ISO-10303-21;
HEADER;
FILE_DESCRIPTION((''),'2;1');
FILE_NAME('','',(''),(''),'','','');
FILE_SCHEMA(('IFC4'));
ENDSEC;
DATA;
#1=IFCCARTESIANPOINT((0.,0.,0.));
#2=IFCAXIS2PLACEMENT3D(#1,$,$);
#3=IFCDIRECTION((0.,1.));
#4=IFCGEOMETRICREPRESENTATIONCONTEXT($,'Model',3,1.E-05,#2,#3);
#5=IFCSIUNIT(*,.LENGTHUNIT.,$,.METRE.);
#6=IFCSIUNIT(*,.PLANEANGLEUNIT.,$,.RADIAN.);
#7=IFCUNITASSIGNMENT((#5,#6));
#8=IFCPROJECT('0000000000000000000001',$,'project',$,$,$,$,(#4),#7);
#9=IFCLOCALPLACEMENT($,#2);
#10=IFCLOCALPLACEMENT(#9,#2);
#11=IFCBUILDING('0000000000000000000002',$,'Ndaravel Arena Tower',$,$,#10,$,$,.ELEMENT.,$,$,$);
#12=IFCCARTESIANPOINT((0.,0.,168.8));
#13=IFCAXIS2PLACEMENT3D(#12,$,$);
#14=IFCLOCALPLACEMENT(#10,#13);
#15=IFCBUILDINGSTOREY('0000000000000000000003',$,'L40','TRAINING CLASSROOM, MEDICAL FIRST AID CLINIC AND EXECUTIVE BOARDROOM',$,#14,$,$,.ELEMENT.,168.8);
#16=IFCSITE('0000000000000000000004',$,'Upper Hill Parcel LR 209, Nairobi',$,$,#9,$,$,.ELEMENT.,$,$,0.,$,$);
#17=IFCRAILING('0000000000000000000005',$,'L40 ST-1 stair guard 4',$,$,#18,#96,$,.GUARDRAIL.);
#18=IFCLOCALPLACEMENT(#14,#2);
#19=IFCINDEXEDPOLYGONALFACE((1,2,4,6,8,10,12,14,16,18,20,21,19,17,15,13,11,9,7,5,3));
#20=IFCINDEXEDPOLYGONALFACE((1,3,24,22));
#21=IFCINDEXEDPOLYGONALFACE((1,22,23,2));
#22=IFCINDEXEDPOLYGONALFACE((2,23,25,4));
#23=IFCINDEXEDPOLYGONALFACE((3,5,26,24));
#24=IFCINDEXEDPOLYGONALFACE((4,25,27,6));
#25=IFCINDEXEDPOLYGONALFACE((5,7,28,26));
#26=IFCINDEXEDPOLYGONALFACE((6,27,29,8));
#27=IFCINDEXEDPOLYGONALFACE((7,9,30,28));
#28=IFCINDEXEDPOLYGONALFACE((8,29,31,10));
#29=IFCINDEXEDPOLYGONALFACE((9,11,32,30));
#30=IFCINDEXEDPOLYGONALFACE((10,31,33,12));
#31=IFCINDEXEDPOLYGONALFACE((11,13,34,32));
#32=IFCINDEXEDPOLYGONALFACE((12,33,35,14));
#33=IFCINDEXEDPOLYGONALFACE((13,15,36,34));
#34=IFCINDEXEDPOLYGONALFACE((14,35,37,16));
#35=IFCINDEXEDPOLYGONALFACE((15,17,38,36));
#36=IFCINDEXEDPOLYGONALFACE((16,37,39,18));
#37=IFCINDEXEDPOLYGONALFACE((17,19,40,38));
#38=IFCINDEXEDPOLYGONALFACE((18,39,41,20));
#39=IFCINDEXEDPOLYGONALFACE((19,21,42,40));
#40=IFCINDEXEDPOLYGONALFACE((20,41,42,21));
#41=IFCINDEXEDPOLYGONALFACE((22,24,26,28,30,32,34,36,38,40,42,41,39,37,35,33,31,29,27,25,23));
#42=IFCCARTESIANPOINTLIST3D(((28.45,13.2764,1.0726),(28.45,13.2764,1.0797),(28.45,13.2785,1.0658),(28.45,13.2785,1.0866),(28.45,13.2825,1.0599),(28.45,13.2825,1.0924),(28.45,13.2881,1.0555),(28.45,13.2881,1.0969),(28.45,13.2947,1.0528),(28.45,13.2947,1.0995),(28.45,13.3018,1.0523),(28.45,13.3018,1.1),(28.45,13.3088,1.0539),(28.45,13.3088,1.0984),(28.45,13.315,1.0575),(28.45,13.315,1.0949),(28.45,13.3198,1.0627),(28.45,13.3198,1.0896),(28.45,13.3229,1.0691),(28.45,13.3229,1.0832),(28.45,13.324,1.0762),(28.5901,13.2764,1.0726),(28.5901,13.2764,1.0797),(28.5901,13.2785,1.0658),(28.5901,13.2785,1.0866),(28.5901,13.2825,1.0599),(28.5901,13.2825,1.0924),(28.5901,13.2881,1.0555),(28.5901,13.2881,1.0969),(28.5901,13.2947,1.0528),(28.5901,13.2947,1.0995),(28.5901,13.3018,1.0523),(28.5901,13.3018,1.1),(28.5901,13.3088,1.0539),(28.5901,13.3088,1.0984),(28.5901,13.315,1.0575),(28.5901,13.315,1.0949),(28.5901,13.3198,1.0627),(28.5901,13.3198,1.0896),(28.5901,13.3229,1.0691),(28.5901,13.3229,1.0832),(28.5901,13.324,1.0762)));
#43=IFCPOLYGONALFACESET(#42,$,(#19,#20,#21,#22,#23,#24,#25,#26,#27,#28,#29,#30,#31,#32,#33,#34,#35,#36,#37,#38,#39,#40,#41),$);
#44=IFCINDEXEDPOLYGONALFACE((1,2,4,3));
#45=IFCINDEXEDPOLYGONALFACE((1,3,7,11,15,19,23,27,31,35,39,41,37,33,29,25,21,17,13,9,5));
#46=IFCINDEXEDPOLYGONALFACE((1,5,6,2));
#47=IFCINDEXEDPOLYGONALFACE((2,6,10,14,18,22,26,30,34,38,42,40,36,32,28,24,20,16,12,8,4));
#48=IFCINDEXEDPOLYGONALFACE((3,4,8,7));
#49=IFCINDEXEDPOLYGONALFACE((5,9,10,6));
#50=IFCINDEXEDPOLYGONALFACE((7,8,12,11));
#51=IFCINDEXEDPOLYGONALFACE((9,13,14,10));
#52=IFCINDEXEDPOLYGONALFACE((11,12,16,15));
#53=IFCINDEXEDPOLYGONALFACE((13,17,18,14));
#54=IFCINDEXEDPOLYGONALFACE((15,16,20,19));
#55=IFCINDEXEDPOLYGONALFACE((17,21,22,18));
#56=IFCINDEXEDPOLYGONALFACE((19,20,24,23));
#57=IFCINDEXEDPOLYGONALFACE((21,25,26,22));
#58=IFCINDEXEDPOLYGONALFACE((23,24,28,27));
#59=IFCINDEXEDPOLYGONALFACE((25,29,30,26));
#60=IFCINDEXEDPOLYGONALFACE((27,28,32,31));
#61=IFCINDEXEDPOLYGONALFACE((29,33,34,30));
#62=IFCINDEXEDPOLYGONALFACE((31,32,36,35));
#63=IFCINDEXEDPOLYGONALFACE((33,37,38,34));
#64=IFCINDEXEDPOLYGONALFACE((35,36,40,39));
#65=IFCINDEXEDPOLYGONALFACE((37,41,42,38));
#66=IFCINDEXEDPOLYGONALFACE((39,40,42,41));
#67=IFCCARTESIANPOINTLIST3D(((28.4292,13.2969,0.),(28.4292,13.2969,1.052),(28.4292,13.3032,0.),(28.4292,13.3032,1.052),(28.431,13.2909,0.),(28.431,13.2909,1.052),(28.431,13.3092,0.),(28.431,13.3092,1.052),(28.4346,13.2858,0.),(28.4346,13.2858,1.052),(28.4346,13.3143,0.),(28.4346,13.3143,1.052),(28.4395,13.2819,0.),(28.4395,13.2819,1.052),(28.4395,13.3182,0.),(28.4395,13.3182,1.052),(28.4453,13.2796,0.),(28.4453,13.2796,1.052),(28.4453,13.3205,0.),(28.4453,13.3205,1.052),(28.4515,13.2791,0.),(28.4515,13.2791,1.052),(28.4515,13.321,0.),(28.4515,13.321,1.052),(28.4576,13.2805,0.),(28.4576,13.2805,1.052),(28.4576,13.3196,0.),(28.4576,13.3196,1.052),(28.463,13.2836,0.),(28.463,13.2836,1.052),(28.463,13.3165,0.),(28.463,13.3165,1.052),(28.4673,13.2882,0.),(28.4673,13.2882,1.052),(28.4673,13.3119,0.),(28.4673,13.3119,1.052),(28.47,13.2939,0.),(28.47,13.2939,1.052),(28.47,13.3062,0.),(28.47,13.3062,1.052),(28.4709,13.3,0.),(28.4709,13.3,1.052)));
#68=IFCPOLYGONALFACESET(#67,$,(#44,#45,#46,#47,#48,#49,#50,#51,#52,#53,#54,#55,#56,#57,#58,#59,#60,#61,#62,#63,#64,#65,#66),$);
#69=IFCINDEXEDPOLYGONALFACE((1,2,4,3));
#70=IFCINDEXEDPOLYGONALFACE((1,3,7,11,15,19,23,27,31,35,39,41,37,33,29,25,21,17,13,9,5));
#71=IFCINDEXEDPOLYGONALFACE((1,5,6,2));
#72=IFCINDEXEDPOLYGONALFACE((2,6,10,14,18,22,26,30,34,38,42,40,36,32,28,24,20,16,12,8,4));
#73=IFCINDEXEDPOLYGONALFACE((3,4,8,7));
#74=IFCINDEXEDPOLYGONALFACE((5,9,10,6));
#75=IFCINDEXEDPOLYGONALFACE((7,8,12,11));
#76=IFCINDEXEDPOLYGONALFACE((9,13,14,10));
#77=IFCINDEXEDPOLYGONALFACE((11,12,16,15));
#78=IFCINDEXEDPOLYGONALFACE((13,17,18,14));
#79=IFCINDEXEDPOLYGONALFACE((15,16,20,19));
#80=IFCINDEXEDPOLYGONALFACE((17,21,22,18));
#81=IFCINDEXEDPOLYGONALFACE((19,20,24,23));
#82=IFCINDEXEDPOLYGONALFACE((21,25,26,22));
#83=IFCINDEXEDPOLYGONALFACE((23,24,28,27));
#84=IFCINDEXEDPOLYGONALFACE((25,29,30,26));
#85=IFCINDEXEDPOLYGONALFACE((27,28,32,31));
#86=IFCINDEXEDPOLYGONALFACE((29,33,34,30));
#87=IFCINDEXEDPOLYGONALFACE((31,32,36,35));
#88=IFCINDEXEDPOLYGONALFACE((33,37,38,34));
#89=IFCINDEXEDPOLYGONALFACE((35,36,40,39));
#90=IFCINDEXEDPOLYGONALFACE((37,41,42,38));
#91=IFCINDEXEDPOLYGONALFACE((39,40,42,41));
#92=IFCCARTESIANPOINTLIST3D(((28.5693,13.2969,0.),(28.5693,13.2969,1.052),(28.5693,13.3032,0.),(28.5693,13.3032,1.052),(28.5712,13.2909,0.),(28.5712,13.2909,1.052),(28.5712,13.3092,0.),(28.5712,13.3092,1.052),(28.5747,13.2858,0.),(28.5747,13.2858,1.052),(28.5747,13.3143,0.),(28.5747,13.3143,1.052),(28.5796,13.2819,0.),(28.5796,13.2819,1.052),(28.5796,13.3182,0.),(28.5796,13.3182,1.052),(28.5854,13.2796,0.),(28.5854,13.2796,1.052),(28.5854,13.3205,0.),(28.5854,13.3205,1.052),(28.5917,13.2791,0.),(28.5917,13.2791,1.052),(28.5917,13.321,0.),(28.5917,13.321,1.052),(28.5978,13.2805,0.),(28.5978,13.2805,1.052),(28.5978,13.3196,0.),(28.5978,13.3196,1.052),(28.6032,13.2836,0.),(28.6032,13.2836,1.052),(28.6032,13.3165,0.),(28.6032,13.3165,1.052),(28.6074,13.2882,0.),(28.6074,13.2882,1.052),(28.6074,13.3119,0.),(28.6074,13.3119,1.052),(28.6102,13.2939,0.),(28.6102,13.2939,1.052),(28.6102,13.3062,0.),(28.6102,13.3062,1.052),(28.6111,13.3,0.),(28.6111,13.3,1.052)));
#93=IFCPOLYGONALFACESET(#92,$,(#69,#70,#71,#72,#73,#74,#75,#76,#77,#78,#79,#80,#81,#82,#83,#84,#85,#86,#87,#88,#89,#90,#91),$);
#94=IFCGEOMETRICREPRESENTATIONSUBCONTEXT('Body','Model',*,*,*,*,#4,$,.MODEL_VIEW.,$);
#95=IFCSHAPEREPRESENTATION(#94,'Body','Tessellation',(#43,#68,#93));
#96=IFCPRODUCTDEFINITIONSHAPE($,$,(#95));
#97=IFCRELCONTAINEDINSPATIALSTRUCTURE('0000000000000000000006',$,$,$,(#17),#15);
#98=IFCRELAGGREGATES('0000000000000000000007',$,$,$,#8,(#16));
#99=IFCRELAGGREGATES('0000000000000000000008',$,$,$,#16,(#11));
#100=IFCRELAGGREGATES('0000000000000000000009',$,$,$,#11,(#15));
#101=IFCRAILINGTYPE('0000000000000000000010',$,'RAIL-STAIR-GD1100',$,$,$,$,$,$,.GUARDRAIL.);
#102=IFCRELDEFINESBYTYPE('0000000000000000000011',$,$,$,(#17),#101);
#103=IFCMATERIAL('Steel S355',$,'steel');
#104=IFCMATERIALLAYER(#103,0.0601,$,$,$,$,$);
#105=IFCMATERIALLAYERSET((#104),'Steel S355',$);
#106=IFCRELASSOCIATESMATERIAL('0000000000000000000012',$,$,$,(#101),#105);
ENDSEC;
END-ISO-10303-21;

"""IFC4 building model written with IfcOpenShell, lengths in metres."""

from ifc_helpers import new_model, si_unit, direction, frame, origin, origin_2d, place, context, subcontext, project, spatial, circle, extrude, material, layer, layer_set, type_object, element, save


model = new_model("IFC4")

# Units and contexts
model_context = context("Model", 3, precision=1e-05, world=origin(), true_north=direction((0.0, 1.0)))
body_context = subcontext(model_context, "Body", "Model", "MODEL_VIEW")
ifc_project = project(units=[si_unit("LENGTHUNIT", "METRE"), si_unit("PLANEANGLEUNIT", "RADIAN")], contexts=[model_context])

# Site, building, storey
site_placement = place(None, origin())
site = spatial("IfcSite", under=ifc_project, at=site_placement, Name="Upper Hill Parcel LR 209, Nairobi", CompositionType="ELEMENT", RefElevation=0.0)
building_placement = place(site_placement, origin())
building = spatial("IfcBuilding", under=site, at=building_placement, Name="Ndaravel Arena Tower", CompositionType="ELEMENT")
storey_placement = place(building_placement, frame((0.0, 0.0, 168.8)))
storey = spatial("IfcBuildingStorey", under=building, at=storey_placement, Name="L40", Description="TRAINING CLASSROOM, MEDICAL FIRST AID CLINIC AND EXECUTIVE BOARDROOM", CompositionType="ELEMENT", Elevation=168.8)

# Railing
ifc_material_1 = material(Name="Steel S355", Category="steel")
ifc_layer_1 = layer(ifc_material_1, 0.0601)
ifc_layer_set_1 = layer_set([ifc_layer_1], Name="Steel S355")
railing_type_1 = type_object("IfcRailingType", Name="RAIL-STAIR-GD1100", PredefinedType="GUARDRAIL", material=ifc_layer_set_1)
railing_1_placement = place(storey_placement, frame((28.45, 13.3, 0.0)))
element("IfcRailing", 1, at=railing_1_placement, inside=storey, type_object=railing_type_1, Name="L40 ST-1 stair guard 4", PredefinedType="GUARDRAIL", context=body_context, shape_type="SweptSolid", body=[
    extrude(circle(Radius=0.0239, at=origin_2d()), frame((0.0, 0.0, 1.0762), z_axis=(1.0, 0.0, 0.0), x_axis=(0.0, 1.0, 0.0)), (0.0, 0.0, 1.0), 0.1401),
    extrude(circle(Radius=0.021, at=origin_2d()), origin(), (0.0, 0.0, 1.0), 1.052),
    extrude(circle(Radius=0.021, at=origin_2d()), frame((0.1401, 0.0, 0.0)), (0.0, 0.0, 1.0), 1.052),
])

save(model, "model.ifc")
